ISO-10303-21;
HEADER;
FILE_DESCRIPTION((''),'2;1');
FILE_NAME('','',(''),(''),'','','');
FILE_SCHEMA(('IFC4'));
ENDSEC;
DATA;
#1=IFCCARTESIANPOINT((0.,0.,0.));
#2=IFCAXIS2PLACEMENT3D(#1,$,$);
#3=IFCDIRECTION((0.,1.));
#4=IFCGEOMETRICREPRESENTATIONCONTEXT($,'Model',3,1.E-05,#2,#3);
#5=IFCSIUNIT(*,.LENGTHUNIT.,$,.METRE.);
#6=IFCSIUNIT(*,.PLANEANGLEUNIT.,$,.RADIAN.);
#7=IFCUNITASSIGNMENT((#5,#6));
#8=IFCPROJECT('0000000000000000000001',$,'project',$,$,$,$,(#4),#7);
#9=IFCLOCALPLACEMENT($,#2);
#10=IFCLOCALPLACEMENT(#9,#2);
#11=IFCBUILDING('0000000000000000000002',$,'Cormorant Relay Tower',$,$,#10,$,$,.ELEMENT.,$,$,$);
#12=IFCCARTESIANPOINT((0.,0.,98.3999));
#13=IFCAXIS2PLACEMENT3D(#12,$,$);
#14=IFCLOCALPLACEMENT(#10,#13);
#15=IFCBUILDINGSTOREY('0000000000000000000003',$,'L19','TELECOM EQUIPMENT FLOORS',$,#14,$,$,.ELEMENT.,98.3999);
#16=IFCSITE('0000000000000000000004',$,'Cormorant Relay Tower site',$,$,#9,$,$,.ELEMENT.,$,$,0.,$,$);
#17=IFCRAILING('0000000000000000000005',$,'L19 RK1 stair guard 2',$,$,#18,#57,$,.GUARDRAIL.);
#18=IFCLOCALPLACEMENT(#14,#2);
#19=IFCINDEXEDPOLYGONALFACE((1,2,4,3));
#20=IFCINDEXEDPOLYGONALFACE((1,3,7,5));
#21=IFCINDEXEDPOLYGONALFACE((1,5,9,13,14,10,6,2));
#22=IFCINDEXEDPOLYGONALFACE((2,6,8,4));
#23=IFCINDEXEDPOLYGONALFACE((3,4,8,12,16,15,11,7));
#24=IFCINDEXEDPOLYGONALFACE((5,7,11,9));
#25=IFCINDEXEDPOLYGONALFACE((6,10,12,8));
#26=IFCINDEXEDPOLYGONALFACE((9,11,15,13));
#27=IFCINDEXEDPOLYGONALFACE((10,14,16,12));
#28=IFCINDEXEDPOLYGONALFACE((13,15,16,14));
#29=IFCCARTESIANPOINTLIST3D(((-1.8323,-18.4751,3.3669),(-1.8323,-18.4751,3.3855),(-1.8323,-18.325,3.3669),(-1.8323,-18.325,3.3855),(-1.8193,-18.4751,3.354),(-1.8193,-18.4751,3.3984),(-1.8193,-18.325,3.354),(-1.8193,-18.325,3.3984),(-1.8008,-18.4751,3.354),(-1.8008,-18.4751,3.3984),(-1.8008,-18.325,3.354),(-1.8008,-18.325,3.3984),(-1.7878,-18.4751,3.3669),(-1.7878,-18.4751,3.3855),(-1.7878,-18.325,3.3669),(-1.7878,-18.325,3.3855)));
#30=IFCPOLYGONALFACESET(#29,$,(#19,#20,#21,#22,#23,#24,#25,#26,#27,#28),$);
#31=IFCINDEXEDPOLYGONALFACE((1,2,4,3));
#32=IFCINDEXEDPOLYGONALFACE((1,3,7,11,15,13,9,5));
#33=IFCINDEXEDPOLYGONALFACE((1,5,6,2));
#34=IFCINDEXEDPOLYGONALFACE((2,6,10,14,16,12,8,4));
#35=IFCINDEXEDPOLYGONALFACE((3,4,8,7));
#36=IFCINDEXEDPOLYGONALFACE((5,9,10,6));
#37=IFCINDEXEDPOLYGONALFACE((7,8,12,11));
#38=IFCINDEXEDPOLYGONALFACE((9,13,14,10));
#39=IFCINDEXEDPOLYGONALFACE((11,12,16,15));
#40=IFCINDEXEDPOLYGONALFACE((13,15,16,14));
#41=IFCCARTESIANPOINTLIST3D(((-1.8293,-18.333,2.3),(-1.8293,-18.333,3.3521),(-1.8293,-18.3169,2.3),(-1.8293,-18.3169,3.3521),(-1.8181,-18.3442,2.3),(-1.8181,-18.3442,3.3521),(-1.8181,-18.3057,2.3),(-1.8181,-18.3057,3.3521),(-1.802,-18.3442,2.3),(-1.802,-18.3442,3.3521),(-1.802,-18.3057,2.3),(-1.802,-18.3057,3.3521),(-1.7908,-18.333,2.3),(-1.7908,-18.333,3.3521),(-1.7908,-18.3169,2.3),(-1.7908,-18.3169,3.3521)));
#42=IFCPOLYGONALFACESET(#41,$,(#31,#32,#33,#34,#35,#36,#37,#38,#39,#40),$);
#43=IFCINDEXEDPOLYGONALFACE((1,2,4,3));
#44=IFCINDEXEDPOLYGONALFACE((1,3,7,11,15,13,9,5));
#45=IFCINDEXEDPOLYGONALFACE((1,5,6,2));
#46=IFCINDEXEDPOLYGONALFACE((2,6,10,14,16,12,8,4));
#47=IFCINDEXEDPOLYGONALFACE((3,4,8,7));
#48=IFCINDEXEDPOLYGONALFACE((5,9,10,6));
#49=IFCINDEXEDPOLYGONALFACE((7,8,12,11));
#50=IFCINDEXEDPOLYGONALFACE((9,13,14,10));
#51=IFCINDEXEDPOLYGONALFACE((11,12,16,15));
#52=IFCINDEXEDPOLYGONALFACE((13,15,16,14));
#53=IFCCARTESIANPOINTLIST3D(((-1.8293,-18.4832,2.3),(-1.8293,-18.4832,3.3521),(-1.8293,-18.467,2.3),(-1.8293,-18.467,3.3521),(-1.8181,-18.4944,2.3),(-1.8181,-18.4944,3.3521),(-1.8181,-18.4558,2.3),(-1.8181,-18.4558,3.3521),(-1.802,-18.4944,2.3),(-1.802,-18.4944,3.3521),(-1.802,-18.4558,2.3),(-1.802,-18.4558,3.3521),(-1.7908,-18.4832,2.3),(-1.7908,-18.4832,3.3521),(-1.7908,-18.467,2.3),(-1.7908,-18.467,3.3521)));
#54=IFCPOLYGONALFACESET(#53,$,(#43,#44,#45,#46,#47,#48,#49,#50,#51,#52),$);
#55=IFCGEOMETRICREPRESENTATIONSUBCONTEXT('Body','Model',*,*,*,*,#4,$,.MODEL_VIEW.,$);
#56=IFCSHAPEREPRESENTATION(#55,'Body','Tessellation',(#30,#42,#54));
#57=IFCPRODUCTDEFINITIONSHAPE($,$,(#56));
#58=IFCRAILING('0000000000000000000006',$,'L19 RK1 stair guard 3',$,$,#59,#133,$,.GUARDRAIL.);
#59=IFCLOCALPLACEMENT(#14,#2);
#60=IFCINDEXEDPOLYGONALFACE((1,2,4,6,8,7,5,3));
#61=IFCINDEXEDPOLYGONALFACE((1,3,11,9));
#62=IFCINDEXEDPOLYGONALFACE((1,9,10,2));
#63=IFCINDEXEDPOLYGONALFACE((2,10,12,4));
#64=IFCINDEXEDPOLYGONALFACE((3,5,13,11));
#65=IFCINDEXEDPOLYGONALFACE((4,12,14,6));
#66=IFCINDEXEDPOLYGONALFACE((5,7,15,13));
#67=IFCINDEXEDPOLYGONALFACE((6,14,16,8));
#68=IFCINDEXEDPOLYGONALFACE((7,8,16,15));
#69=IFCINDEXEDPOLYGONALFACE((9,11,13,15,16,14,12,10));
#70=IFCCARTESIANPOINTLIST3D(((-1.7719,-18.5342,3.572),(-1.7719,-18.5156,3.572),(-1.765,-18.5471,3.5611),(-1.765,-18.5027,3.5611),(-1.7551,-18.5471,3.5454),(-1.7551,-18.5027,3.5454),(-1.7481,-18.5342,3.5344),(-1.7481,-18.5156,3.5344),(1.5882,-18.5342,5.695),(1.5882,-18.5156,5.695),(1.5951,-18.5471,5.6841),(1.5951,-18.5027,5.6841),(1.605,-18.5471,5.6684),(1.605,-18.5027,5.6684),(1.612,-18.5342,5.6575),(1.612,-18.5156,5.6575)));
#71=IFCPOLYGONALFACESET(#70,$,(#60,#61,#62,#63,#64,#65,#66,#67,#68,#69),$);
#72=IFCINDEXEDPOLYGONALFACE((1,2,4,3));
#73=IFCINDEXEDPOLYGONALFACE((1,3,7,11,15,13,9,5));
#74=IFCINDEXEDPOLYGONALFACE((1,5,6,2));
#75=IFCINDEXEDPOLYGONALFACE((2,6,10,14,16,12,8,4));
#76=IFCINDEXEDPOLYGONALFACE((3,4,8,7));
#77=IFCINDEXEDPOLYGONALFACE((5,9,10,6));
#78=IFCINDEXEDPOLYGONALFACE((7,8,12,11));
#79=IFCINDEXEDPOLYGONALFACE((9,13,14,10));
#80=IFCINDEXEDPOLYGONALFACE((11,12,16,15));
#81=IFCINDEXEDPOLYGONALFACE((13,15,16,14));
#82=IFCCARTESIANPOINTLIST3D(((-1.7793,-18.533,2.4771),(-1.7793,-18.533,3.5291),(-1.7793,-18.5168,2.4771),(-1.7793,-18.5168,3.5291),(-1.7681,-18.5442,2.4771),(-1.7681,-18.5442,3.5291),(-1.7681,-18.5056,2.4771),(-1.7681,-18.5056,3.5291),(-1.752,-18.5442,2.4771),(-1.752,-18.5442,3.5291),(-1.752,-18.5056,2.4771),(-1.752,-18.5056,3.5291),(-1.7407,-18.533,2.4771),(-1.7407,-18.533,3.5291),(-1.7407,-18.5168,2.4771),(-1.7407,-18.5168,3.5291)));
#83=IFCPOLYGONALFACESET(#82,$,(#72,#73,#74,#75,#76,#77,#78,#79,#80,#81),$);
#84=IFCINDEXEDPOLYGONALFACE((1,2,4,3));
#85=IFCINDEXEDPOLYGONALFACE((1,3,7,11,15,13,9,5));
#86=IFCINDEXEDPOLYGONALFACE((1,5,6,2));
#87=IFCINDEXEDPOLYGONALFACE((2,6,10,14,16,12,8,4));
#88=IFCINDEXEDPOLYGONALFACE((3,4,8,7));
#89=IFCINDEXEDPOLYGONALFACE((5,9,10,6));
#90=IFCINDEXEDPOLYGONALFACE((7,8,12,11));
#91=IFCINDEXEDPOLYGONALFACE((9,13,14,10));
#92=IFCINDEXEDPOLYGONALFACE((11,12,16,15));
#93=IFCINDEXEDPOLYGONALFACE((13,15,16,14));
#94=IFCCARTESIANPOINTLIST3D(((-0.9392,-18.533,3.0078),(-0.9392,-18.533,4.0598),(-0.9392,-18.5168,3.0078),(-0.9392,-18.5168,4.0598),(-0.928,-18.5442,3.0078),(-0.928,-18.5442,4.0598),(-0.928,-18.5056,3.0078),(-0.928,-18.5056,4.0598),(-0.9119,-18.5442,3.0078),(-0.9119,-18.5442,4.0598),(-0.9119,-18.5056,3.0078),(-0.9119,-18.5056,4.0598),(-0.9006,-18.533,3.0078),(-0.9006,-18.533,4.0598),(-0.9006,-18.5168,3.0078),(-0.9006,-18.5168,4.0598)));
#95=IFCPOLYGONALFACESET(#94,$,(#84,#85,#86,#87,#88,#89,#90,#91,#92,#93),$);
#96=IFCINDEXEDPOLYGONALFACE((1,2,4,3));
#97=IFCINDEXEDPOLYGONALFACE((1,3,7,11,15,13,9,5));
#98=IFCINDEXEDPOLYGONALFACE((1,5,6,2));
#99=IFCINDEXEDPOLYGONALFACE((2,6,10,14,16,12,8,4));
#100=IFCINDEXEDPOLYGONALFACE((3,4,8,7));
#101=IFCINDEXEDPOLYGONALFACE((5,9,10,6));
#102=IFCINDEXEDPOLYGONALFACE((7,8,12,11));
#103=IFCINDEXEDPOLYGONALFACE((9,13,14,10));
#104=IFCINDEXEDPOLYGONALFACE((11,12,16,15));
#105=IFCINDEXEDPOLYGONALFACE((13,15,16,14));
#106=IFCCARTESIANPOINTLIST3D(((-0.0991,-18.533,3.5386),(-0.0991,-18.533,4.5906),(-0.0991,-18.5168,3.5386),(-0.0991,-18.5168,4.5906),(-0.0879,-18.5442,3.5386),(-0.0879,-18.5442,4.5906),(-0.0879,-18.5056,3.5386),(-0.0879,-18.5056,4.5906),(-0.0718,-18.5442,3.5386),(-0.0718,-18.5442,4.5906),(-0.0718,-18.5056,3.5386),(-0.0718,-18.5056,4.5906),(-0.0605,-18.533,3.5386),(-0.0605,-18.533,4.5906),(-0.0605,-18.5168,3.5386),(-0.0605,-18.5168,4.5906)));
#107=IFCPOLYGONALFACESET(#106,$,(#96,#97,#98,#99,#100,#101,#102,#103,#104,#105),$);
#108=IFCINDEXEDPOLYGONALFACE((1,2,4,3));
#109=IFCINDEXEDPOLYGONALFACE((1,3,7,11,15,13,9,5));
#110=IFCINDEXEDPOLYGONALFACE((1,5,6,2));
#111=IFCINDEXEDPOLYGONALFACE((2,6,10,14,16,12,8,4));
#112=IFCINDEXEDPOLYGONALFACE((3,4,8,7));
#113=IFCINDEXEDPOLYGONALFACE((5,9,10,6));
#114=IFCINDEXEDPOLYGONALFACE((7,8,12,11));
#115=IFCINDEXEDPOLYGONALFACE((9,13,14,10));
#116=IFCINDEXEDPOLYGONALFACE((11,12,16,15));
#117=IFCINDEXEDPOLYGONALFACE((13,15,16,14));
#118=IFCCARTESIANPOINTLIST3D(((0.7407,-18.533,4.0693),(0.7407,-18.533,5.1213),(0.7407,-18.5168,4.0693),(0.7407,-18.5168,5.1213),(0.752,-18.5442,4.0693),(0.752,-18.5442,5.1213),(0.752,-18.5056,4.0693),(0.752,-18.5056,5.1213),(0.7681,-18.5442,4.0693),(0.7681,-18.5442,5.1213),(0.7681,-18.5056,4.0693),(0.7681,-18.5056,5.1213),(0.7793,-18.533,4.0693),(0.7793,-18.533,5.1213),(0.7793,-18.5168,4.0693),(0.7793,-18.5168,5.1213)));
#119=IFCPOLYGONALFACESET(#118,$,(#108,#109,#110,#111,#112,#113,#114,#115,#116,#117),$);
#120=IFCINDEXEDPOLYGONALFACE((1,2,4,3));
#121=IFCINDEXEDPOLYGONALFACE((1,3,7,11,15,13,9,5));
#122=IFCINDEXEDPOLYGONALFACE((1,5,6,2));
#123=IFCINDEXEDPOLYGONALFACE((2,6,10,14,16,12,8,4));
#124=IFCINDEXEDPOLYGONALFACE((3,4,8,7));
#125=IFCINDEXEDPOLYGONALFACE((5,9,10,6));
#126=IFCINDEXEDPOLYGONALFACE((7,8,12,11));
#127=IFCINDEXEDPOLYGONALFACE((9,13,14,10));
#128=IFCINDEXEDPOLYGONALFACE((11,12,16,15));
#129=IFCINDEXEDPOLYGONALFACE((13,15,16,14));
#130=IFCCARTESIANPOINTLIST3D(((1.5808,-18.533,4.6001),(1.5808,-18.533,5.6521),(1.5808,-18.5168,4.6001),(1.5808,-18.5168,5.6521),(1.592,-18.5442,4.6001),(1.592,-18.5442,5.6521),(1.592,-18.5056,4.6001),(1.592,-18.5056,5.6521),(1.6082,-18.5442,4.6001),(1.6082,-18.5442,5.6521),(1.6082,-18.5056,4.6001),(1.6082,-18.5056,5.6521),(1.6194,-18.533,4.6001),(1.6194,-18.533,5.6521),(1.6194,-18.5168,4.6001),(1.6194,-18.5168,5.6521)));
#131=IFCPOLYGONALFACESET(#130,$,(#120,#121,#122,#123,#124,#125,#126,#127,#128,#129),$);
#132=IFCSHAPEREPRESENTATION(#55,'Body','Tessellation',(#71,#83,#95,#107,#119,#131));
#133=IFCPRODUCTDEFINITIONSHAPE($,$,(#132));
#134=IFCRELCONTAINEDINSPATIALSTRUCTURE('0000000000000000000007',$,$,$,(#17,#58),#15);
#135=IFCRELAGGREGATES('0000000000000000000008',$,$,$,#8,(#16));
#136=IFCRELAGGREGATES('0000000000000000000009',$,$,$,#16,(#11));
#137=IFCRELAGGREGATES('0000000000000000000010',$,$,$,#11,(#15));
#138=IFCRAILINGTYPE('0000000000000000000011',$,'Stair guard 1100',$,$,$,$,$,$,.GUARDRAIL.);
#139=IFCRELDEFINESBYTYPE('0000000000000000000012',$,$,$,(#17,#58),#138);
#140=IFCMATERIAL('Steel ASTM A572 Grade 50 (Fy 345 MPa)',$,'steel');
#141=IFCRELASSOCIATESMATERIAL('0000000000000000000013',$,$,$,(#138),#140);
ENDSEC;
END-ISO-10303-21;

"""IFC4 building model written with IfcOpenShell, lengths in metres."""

from ifc_helpers import new_model, si_unit, direction, frame, origin, place, context, subcontext, project, spatial, polyline, outline, extrude, material, type_object, element, save


model = new_model("IFC4")

# Units and contexts
model_context = context("Model", 3, precision=1e-05, world=origin(), true_north=direction((0.0, 1.0)))
body_context = subcontext(model_context, "Body", "Model", "MODEL_VIEW")
ifc_project = project(units=[si_unit("LENGTHUNIT", "METRE"), si_unit("PLANEANGLEUNIT", "RADIAN")], contexts=[model_context])

# Site, building, storey
site_placement = place(None, origin())
site = spatial("IfcSite", under=ifc_project, at=site_placement, Name="Cormorant Relay Tower site", CompositionType="ELEMENT", RefElevation=0.0)
building_placement = place(site_placement, origin())
building = spatial("IfcBuilding", under=site, at=building_placement, Name="Cormorant Relay Tower", CompositionType="ELEMENT")
storey_placement = place(building_placement, frame((0.0, 0.0, 98.3999)))
storey = spatial("IfcBuildingStorey", under=building, at=storey_placement, Name="L19", Description="TELECOM EQUIPMENT FLOORS", CompositionType="ELEMENT", Elevation=98.3999)

# Railings
ifc_material_1 = material(Name="Steel ASTM A572 Grade 50 (Fy 345 MPa)", Category="steel")
railing_type_1 = type_object("IfcRailingType", Name="Stair guard 1100", PredefinedType="GUARDRAIL", material=ifc_material_1)
railing_1_placement = place(storey_placement, frame((-1.8101, -18.325, 2.3)))
element("IfcRailing", 1, at=railing_1_placement, inside=storey, type_object=railing_type_1, Name="L19 RK1 stair guard 2", PredefinedType="GUARDRAIL", context=body_context, shape_type="SweptSolid", body=[
    extrude(outline(polyline([(0.0222, 0.0093), (0.0093, 0.0222), (-0.0093, 0.0222), (-0.0222, 0.0093), (-0.0222, -0.0093), (-0.0093, -0.0222), (0.0093, -0.0222), (0.0222, -0.0093), (0.0222, 0.0093)])), frame((0.0, 0.0, 1.0762), z_axis=(0.0, -1.0, 0.0), x_axis=(1.0, 0.0, 0.0)), (0.0, 0.0, 1.0), 0.1501),
    extrude(outline(polyline([(0.0193, 0.0081), (0.0081, 0.0193), (-0.0081, 0.0193), (-0.0193, 0.0081), (-0.0193, -0.0081), (-0.0081, -0.0193), (0.0081, -0.0193), (0.0193, -0.0081), (0.0193, 0.0081)])), origin(), (0.0, 0.0, 1.0), 1.052),
    extrude(outline(polyline([(0.0193, 0.0081), (0.0081, 0.0193), (-0.0081, 0.0193), (-0.0193, 0.0081), (-0.0193, -0.0081), (-0.0081, -0.0193), (0.0081, -0.0193), (0.0193, -0.0081), (0.0193, 0.0081)])), frame((0.0, -0.1501, 0.0)), (0.0, 0.0, 1.0), 1.052),
])
railing_2_placement = place(storey_placement, frame((-1.76, -18.5249, 2.4771)))
element("IfcRailing", 2, at=railing_2_placement, inside=storey, type_object=railing_type_1, Name="L19 RK1 stair guard 3", PredefinedType="GUARDRAIL", context=body_context, shape_type="SweptSolid", body=[
    extrude(outline(polyline([(0.0222, 0.0093), (0.0093, 0.0222), (-0.0093, 0.0222), (-0.0222, 0.0093), (-0.0222, -0.0093), (-0.0093, -0.0222), (0.0093, -0.0222), (0.0222, -0.0093), (0.0222, 0.0093)])), frame((0.0, 0.0, 1.0762), z_axis=(0.84539, 0.0, 0.53415), x_axis=(0.0, 1.0, 0.0)), (0.0, 0.0, 1.0), 3.9746),
    extrude(outline(polyline([(0.0193, 0.0081), (0.0081, 0.0193), (-0.0081, 0.0193), (-0.0193, 0.0081), (-0.0193, -0.0081), (-0.0081, -0.0193), (0.0081, -0.0193), (0.0193, -0.0081), (0.0193, 0.0081)])), origin(), (0.0, 0.0, 1.0), 1.052),
    extrude(outline(polyline([(0.0193, 0.0081), (0.0081, 0.0193), (-0.0081, 0.0193), (-0.0193, 0.0081), (-0.0193, -0.0081), (-0.0081, -0.0193), (0.0081, -0.0193), (0.0193, -0.0081), (0.0193, 0.0081)])), frame((0.8401, 0.0, 0.5308)), (0.0, 0.0, 1.0), 1.052),
    extrude(outline(polyline([(0.0193, 0.0081), (0.0081, 0.0193), (-0.0081, 0.0193), (-0.0193, 0.0081), (-0.0193, -0.0081), (-0.0081, -0.0193), (0.0081, -0.0193), (0.0193, -0.0081), (0.0193, 0.0081)])), frame((1.6802, 0.0, 1.0615)), (0.0, 0.0, 1.0), 1.052),
    extrude(outline(polyline([(0.0193, 0.0081), (0.0081, 0.0193), (-0.0081, 0.0193), (-0.0193, 0.0081), (-0.0193, -0.0081), (-0.0081, -0.0193), (0.0081, -0.0193), (0.0193, -0.0081), (0.0193, 0.0081)])), frame((2.52, 0.0, 1.5923)), (0.0, 0.0, 1.0), 1.052),
    extrude(outline(polyline([(0.0193, 0.0081), (0.0081, 0.0193), (-0.0081, 0.0193), (-0.0193, 0.0081), (-0.0193, -0.0081), (-0.0081, -0.0193), (0.0081, -0.0193), (0.0193, -0.0081), (0.0193, 0.0081)])), frame((3.3601, 0.0, 2.123)), (0.0, 0.0, 1.0), 1.052),
])

save(model, "model.ifc")
